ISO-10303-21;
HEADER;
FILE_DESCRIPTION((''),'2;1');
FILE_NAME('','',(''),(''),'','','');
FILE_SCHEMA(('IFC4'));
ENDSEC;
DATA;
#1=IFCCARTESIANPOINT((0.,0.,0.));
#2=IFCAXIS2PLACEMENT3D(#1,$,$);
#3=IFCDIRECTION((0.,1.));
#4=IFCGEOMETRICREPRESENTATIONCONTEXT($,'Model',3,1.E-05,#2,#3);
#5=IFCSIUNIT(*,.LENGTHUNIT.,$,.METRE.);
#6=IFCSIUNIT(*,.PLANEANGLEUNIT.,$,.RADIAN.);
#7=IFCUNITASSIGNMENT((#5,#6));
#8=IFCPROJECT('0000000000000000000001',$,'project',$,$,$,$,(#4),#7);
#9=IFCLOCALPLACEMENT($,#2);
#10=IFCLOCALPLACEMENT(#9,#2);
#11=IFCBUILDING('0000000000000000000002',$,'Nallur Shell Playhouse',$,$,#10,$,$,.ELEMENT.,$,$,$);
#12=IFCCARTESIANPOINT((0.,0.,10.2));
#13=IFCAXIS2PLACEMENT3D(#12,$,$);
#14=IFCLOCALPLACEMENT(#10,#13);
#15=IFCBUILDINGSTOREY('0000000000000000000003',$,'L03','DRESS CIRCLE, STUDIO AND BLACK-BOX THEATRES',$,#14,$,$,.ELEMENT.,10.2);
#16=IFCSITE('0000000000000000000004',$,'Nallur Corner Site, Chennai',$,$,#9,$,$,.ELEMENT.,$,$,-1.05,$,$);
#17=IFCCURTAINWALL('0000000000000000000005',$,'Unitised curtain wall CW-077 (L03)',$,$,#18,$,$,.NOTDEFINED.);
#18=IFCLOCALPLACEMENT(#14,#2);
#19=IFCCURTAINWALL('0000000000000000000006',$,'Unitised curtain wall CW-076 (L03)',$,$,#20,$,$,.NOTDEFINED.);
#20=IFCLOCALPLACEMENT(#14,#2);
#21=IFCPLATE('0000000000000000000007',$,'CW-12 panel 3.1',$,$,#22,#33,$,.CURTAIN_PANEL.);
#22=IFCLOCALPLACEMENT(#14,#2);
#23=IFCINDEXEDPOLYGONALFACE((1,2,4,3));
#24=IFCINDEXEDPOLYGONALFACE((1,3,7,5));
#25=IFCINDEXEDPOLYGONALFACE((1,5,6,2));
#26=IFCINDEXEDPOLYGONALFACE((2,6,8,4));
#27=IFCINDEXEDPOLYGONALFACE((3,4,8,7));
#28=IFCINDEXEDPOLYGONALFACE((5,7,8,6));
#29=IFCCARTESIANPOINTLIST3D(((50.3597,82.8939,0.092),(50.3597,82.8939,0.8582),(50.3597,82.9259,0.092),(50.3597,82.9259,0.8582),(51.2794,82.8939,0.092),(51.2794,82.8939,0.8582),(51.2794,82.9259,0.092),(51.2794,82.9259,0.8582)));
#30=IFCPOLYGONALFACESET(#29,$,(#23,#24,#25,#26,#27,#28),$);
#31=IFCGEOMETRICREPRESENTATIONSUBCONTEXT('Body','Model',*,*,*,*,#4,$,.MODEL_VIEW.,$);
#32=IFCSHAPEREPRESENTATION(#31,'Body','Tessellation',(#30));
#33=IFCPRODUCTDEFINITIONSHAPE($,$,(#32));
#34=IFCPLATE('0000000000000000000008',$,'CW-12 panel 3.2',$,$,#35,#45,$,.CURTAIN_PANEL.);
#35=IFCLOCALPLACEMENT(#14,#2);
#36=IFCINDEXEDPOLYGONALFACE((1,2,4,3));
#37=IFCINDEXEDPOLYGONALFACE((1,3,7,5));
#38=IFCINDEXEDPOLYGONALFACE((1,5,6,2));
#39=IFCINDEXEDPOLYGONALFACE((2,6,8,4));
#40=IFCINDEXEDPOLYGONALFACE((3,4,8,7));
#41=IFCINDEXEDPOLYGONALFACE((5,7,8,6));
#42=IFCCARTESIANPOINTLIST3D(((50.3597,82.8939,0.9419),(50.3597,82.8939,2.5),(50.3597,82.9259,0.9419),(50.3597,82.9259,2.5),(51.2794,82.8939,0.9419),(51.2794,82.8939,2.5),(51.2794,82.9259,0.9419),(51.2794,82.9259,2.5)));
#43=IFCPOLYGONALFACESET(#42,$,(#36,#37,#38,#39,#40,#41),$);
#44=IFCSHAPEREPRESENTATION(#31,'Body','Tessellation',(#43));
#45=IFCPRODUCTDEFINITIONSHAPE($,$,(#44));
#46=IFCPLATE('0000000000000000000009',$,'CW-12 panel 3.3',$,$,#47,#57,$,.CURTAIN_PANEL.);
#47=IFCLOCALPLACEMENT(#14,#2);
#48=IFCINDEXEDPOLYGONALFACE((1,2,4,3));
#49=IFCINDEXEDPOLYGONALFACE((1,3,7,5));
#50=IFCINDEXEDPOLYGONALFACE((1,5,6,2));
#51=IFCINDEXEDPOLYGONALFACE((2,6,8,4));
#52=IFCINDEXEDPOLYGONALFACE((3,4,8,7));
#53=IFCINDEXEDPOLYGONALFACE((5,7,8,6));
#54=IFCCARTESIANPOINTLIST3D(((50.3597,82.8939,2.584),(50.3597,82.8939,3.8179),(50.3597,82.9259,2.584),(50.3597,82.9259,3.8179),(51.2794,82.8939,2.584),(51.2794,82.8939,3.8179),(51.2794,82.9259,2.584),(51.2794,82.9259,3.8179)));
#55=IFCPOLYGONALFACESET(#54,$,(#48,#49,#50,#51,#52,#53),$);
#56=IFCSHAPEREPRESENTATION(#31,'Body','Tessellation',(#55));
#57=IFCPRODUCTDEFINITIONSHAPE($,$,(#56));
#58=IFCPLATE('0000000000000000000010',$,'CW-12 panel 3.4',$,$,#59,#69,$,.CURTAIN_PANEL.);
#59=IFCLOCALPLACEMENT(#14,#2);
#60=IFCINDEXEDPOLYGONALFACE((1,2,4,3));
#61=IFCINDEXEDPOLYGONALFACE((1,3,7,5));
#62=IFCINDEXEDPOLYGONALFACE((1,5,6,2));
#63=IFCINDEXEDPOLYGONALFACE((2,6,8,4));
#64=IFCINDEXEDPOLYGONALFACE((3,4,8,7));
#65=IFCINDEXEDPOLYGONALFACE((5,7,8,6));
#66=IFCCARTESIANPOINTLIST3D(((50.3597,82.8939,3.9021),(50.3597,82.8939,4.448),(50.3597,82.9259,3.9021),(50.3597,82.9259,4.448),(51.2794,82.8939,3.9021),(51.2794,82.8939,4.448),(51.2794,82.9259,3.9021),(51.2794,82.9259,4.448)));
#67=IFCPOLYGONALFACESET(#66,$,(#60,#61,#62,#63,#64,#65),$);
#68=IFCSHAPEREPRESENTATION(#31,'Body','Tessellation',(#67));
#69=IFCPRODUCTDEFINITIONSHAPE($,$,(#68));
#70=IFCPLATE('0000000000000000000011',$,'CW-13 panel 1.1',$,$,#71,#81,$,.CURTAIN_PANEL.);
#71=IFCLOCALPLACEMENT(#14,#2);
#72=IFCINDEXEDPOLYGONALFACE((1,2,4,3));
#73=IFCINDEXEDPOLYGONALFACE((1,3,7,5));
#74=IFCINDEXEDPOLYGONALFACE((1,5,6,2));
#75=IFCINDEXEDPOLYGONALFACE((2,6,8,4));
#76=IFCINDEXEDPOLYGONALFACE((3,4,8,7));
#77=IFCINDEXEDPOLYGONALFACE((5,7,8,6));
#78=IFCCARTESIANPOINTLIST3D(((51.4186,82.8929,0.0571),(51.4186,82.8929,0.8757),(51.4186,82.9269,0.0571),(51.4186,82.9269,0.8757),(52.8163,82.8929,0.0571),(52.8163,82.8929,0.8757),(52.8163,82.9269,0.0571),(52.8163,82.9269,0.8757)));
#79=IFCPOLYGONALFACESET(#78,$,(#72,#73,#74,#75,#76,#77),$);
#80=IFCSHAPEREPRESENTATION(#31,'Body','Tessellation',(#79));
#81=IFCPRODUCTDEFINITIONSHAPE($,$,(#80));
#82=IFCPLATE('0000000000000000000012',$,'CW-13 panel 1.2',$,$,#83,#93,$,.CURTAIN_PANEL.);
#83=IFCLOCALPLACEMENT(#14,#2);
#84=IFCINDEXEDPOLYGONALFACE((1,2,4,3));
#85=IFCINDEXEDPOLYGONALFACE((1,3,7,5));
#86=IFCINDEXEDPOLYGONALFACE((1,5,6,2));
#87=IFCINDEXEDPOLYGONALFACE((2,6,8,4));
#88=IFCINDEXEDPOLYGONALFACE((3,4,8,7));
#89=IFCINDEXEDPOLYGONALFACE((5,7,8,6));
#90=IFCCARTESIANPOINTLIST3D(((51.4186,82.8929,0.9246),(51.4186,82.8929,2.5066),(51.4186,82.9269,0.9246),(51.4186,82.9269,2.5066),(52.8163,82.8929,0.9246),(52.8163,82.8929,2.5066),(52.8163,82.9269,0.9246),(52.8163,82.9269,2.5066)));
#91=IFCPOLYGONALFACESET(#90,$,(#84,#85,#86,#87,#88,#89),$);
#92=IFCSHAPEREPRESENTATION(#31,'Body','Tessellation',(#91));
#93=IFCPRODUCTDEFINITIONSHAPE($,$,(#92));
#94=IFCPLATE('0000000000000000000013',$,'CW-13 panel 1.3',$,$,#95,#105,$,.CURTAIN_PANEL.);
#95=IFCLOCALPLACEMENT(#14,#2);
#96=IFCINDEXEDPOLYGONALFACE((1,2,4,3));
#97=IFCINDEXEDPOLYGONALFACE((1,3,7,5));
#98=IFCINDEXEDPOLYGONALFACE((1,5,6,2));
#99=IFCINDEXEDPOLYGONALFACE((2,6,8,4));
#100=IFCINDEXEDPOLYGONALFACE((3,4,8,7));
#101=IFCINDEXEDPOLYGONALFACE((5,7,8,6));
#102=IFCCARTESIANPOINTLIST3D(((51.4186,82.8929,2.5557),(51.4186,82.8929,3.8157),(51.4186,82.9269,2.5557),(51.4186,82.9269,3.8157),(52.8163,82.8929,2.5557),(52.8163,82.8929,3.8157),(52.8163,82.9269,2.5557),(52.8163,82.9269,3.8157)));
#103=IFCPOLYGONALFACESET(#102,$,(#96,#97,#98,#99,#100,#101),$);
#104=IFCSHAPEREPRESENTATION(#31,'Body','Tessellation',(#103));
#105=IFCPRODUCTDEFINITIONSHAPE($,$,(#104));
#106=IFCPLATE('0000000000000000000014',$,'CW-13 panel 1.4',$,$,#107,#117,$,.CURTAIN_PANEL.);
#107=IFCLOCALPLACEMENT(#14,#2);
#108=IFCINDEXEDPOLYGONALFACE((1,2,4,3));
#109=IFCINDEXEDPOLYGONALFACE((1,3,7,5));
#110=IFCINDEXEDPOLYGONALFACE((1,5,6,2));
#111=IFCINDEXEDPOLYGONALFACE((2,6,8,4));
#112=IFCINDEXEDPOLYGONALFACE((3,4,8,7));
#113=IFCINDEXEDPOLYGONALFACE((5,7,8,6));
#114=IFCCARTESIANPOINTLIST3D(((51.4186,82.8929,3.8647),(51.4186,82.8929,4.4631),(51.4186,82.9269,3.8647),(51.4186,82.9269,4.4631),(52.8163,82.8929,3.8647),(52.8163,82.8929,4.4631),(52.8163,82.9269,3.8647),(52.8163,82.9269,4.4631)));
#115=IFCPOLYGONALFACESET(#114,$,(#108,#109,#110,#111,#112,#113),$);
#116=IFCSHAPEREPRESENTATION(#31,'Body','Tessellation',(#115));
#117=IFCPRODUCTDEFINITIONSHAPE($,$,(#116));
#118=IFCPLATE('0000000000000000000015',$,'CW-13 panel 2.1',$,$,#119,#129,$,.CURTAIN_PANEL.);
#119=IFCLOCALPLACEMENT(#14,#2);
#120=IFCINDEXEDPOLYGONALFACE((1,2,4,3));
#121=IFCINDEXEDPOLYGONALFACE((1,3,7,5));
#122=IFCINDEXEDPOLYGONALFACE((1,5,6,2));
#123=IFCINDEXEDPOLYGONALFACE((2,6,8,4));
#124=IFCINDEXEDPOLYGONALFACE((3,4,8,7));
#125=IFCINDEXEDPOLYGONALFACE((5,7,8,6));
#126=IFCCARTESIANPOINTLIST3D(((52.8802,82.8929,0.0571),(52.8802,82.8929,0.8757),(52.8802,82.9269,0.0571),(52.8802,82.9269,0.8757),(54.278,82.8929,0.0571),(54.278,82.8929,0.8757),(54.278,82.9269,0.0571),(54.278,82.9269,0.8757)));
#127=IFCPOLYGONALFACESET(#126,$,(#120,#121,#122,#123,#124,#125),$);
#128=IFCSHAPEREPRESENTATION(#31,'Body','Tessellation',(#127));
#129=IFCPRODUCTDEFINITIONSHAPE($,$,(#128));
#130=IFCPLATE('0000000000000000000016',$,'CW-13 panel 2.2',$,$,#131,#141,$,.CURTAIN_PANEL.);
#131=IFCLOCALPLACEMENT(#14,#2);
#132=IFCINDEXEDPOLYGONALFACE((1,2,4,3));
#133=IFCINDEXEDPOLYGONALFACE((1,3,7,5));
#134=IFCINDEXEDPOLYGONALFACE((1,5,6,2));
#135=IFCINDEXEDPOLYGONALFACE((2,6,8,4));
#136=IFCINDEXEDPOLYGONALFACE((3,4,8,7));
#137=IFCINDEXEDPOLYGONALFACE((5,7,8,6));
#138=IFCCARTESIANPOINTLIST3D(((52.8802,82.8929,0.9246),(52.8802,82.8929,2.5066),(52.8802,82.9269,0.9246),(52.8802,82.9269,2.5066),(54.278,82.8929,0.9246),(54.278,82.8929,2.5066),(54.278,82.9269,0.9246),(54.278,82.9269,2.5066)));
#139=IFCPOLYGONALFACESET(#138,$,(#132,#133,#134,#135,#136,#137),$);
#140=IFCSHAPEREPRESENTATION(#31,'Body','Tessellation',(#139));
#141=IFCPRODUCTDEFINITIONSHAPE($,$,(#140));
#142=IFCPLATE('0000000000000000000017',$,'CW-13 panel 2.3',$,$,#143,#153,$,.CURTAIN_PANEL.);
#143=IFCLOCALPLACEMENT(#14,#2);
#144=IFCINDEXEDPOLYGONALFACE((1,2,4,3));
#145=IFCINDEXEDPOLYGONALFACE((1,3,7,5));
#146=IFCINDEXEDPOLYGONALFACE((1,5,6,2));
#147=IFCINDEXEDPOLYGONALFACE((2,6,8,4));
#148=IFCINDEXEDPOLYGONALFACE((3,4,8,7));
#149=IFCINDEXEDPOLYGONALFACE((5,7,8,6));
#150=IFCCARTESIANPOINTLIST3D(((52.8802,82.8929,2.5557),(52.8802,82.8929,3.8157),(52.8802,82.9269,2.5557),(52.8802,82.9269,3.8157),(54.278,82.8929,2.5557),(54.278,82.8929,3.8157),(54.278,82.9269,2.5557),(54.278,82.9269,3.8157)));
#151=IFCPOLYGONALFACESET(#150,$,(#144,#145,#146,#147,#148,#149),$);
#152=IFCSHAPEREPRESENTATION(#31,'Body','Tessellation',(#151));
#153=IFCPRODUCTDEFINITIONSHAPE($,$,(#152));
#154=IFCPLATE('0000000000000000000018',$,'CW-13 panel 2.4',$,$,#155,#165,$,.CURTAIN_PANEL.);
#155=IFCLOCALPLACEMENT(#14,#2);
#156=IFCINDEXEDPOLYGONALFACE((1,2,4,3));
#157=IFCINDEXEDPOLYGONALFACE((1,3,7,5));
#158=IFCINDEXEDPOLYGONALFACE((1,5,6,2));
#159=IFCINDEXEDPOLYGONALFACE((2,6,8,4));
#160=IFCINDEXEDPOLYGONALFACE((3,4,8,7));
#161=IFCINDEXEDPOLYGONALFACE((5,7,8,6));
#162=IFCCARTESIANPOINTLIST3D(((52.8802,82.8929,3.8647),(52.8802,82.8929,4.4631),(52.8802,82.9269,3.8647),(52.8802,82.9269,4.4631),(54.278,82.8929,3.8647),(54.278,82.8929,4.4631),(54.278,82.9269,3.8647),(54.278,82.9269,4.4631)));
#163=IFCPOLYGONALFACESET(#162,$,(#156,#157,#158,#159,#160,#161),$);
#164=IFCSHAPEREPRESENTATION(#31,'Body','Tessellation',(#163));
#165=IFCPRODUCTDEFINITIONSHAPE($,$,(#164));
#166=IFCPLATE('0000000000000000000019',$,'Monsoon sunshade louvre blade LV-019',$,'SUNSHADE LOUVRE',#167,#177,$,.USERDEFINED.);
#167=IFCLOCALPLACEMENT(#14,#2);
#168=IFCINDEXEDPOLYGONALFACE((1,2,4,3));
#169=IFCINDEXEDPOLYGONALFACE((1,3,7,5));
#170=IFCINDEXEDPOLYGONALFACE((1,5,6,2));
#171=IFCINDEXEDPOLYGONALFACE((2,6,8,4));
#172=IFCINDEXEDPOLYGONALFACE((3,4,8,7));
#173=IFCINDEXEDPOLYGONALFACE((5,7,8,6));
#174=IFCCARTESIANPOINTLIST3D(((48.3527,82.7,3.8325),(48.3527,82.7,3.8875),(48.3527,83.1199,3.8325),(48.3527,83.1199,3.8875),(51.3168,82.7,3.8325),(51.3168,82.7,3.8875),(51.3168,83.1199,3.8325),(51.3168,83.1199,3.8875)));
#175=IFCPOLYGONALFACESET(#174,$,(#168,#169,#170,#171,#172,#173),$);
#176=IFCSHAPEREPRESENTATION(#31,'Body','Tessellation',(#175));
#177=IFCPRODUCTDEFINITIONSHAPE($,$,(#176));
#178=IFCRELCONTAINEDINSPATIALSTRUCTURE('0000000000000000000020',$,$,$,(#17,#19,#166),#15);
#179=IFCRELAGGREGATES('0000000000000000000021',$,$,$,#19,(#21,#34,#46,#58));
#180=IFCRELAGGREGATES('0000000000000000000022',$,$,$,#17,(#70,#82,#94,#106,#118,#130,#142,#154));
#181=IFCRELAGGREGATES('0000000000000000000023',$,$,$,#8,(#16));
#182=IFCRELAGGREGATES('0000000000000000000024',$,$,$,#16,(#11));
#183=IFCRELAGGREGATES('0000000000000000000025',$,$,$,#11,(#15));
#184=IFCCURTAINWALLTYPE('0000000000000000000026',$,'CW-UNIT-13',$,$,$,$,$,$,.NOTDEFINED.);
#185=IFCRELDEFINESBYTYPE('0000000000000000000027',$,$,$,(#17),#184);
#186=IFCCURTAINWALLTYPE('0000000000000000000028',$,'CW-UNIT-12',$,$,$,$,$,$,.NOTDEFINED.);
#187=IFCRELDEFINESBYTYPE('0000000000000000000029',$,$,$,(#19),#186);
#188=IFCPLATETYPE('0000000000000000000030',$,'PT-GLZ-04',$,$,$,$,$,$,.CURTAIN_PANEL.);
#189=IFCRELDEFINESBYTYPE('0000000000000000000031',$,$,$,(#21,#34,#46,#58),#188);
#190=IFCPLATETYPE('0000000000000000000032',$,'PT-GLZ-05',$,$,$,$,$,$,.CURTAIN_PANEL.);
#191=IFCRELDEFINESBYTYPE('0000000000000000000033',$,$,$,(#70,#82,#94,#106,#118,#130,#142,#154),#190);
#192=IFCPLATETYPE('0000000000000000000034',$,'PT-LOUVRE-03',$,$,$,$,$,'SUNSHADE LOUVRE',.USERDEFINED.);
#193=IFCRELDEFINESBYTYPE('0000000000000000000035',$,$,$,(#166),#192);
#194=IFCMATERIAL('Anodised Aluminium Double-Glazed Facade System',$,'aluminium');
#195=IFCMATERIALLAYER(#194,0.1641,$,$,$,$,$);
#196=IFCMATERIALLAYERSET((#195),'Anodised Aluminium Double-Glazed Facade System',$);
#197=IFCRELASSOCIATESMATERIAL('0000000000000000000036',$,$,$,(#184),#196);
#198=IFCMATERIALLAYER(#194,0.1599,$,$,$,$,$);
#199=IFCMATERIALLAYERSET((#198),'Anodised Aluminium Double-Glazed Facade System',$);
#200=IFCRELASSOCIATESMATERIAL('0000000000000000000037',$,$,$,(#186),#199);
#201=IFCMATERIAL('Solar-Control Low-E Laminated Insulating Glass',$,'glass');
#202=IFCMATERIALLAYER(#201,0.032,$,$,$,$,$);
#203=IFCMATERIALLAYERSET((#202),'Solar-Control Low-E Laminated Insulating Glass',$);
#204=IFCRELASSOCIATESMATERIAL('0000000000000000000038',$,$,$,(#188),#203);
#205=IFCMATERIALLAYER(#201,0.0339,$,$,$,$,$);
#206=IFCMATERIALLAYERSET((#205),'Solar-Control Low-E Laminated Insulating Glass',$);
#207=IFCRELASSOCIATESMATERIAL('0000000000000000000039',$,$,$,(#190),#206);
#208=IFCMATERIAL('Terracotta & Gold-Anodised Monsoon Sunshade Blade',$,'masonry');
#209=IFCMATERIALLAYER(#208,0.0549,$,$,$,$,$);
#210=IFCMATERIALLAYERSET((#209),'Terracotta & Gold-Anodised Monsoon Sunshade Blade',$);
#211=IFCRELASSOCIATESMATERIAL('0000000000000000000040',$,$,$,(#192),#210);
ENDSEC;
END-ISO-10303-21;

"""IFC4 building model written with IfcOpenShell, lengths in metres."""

from ifc_helpers import new_model, si_unit, direction, frame, origin, origin_2d, place, context, subcontext, project, spatial, rectangle, extrude, material, layer, layer_set, type_object, element, aggregate, save


model = new_model("IFC4")

# Units and contexts
model_context = context("Model", 3, precision=1e-05, world=origin(), true_north=direction((0.0, 1.0)))
body_context = subcontext(model_context, "Body", "Model", "MODEL_VIEW")
ifc_project = project(units=[si_unit("LENGTHUNIT", "METRE"), si_unit("PLANEANGLEUNIT", "RADIAN")], contexts=[model_context])

# Site, building, storey
site_placement = place(None, origin())
site = spatial("IfcSite", under=ifc_project, at=site_placement, Name="Nallur Corner Site, Chennai", CompositionType="ELEMENT", RefElevation=-1.05)
building_placement = place(site_placement, origin())
building = spatial("IfcBuilding", under=site, at=building_placement, Name="Nallur Shell Playhouse", CompositionType="ELEMENT")
storey_placement = place(building_placement, frame((0.0, 0.0, 10.2)))
storey = spatial("IfcBuildingStorey", under=building, at=storey_placement, Name="L03", Description="DRESS CIRCLE, STUDIO AND BLACK-BOX THEATRES", CompositionType="ELEMENT", Elevation=10.2)

# Curtain walls
ifc_material_1 = material(Name="Anodised Aluminium Double-Glazed Facade System", Category="aluminium")
ifc_layer_1 = layer(ifc_material_1, 0.1641)
ifc_layer_set_1 = layer_set([ifc_layer_1], Name="Anodised Aluminium Double-Glazed Facade System")
curtain_wall_type_1 = type_object("IfcCurtainWallType", Name="CW-UNIT-13", PredefinedType="NOTDEFINED", material=ifc_layer_set_1)
curtain_wall_1_placement = place(storey_placement, origin())
curtain_wall_1 = element("IfcCurtainWall", 1, at=curtain_wall_1_placement, inside=storey, type_object=curtain_wall_type_1, Name="Unitised curtain wall CW-077 (L03)", PredefinedType="NOTDEFINED")
ifc_layer_2 = layer(ifc_material_1, 0.1599)
ifc_layer_set_2 = layer_set([ifc_layer_2], Name="Anodised Aluminium Double-Glazed Facade System")
curtain_wall_type_2 = type_object("IfcCurtainWallType", Name="CW-UNIT-12", PredefinedType="NOTDEFINED", material=ifc_layer_set_2)
curtain_wall_2_placement = place(storey_placement, origin())
curtain_wall_2 = element("IfcCurtainWall", 2, at=curtain_wall_2_placement, inside=storey, type_object=curtain_wall_type_2, Name="Unitised curtain wall CW-076 (L03)", PredefinedType="NOTDEFINED")

# Plates
ifc_material_2 = material(Name="Solar-Control Low-E Laminated Insulating Glass", Category="glass")
ifc_layer_3 = layer(ifc_material_2, 0.032)
ifc_layer_set_3 = layer_set([ifc_layer_3], Name="Solar-Control Low-E Laminated Insulating Glass")
plate_type_1 = type_object("IfcPlateType", Name="PT-GLZ-04", PredefinedType="CURTAIN_PANEL", material=ifc_layer_set_3)
plate_1_placement = place(storey_placement, frame((50.8196, 82.9099, 0.092), z_axis=(0.0, 0.0, 1.0), x_axis=(1.0, 0.0, 0.0)))
plate_1 = element("IfcPlate", 3, at=plate_1_placement, type_object=plate_type_1, Name="CW-12 panel 3.1", PredefinedType="CURTAIN_PANEL", context=body_context, shape_type="SweptSolid", body=[
    extrude(rectangle(XDim=0.9197, YDim=0.032, at=origin_2d()), origin(), (0.0, 0.0, 1.0), 0.7661),
])
plate_2_placement = place(storey_placement, frame((50.8196, 82.9099, 0.9419), z_axis=(0.0, 0.0, 1.0), x_axis=(1.0, 0.0, 0.0)))
plate_2 = element("IfcPlate", 4, at=plate_2_placement, type_object=plate_type_1, Name="CW-12 panel 3.2", PredefinedType="CURTAIN_PANEL", context=body_context, shape_type="SweptSolid", body=[
    extrude(rectangle(XDim=0.9197, YDim=0.032, at=origin_2d()), origin(), (0.0, 0.0, 1.0), 1.5581),
])
plate_3_placement = place(storey_placement, frame((50.8196, 82.9099, 2.584), z_axis=(0.0, 0.0, 1.0), x_axis=(1.0, 0.0, 0.0)))
plate_3 = element("IfcPlate", 5, at=plate_3_placement, type_object=plate_type_1, Name="CW-12 panel 3.3", PredefinedType="CURTAIN_PANEL", context=body_context, shape_type="SweptSolid", body=[
    extrude(rectangle(XDim=0.9197, YDim=0.032, at=origin_2d()), origin(), (0.0, 0.0, 1.0), 1.2339),
])
plate_4_placement = place(storey_placement, frame((50.8196, 82.9099, 3.9021), z_axis=(0.0, 0.0, 1.0), x_axis=(1.0, 0.0, 0.0)))
plate_4 = element("IfcPlate", 6, at=plate_4_placement, type_object=plate_type_1, Name="CW-12 panel 3.4", PredefinedType="CURTAIN_PANEL", context=body_context, shape_type="SweptSolid", body=[
    extrude(rectangle(XDim=0.9197, YDim=0.032, at=origin_2d()), origin(), (0.0, 0.0, 1.0), 0.5459),
])
aggregate(curtain_wall_2, [plate_1, plate_2, plate_3, plate_4])
ifc_layer_4 = layer(ifc_material_2, 0.0339)
ifc_layer_set_4 = layer_set([ifc_layer_4], Name="Solar-Control Low-E Laminated Insulating Glass")
plate_type_2 = type_object("IfcPlateType", Name="PT-GLZ-05", PredefinedType="CURTAIN_PANEL", material=ifc_layer_set_4)
plate_5_placement = place(storey_placement, frame((52.1174, 82.9099, 0.0571), z_axis=(0.0, 0.0, 1.0), x_axis=(1.0, 0.0, 0.0)))
plate_5 = element("IfcPlate", 7, at=plate_5_placement, type_object=plate_type_2, Name="CW-13 panel 1.1", PredefinedType="CURTAIN_PANEL", context=body_context, shape_type="SweptSolid", body=[
    extrude(rectangle(XDim=1.3977, YDim=0.0339, at=origin_2d()), origin(), (0.0, 0.0, 1.0), 0.8186),
])
plate_6_placement = place(storey_placement, frame((52.1174, 82.9099, 0.9246), z_axis=(0.0, 0.0, 1.0), x_axis=(1.0, 0.0, 0.0)))
plate_6 = element("IfcPlate", 8, at=plate_6_placement, type_object=plate_type_2, Name="CW-13 panel 1.2", PredefinedType="CURTAIN_PANEL", context=body_context, shape_type="SweptSolid", body=[
    extrude(rectangle(XDim=1.3977, YDim=0.0339, at=origin_2d()), origin(), (0.0, 0.0, 1.0), 1.582),
])
plate_7_placement = place(storey_placement, frame((52.1174, 82.9099, 2.5557), z_axis=(0.0, 0.0, 1.0), x_axis=(1.0, 0.0, 0.0)))
plate_7 = element("IfcPlate", 9, at=plate_7_placement, type_object=plate_type_2, Name="CW-13 panel 1.3", PredefinedType="CURTAIN_PANEL", context=body_context, shape_type="SweptSolid", body=[
    extrude(rectangle(XDim=1.3977, YDim=0.0339, at=origin_2d()), origin(), (0.0, 0.0, 1.0), 1.26),
])
plate_8_placement = place(storey_placement, frame((52.1174, 82.9099, 3.8647), z_axis=(0.0, 0.0, 1.0), x_axis=(1.0, 0.0, 0.0)))
plate_8 = element("IfcPlate", 10, at=plate_8_placement, type_object=plate_type_2, Name="CW-13 panel 1.4", PredefinedType="CURTAIN_PANEL", context=body_context, shape_type="SweptSolid", body=[
    extrude(rectangle(XDim=1.3977, YDim=0.0339, at=origin_2d()), origin(), (0.0, 0.0, 1.0), 0.5984),
])
plate_9_placement = place(storey_placement, frame((53.5791, 82.9099, 0.0571), z_axis=(0.0, 0.0, 1.0), x_axis=(1.0, 0.0, 0.0)))
plate_9 = element("IfcPlate", 11, at=plate_9_placement, type_object=plate_type_2, Name="CW-13 panel 2.1", PredefinedType="CURTAIN_PANEL", context=body_context, shape_type="SweptSolid", body=[
    extrude(rectangle(XDim=1.3977, YDim=0.0339, at=origin_2d()), origin(), (0.0, 0.0, 1.0), 0.8186),
])
plate_10_placement = place(storey_placement, frame((53.5791, 82.9099, 0.9246), z_axis=(0.0, 0.0, 1.0), x_axis=(1.0, 0.0, 0.0)))
plate_10 = element("IfcPlate", 12, at=plate_10_placement, type_object=plate_type_2, Name="CW-13 panel 2.2", PredefinedType="CURTAIN_PANEL", context=body_context, shape_type="SweptSolid", body=[
    extrude(rectangle(XDim=1.3977, YDim=0.0339, at=origin_2d()), origin(), (0.0, 0.0, 1.0), 1.582),
])
plate_11_placement = place(storey_placement, frame((53.5791, 82.9099, 2.5557), z_axis=(0.0, 0.0, 1.0), x_axis=(1.0, 0.0, 0.0)))
plate_11 = element("IfcPlate", 13, at=plate_11_placement, type_object=plate_type_2, Name="CW-13 panel 2.3", PredefinedType="CURTAIN_PANEL", context=body_context, shape_type="SweptSolid", body=[
    extrude(rectangle(XDim=1.3977, YDim=0.0339, at=origin_2d()), origin(), (0.0, 0.0, 1.0), 1.26),
])
plate_12_placement = place(storey_placement, frame((53.5791, 82.9099, 3.8647), z_axis=(0.0, 0.0, 1.0), x_axis=(1.0, 0.0, 0.0)))
plate_12 = element("IfcPlate", 14, at=plate_12_placement, type_object=plate_type_2, Name="CW-13 panel 2.4", PredefinedType="CURTAIN_PANEL", context=body_context, shape_type="SweptSolid", body=[
    extrude(rectangle(XDim=1.3977, YDim=0.0339, at=origin_2d()), origin(), (0.0, 0.0, 1.0), 0.5984),
])
aggregate(curtain_wall_1, [plate_5, plate_6, plate_7, plate_8, plate_9, plate_10, plate_11, plate_12])
ifc_material_3 = material(Name="Terracotta & Gold-Anodised Monsoon Sunshade Blade", Category="masonry")
ifc_layer_5 = layer(ifc_material_3, 0.0549)
ifc_layer_set_5 = layer_set([ifc_layer_5], Name="Terracotta & Gold-Anodised Monsoon Sunshade Blade")
plate_type_3 = type_object("IfcPlateType", Name="PT-LOUVRE-03", ElementType="SUNSHADE LOUVRE", PredefinedType="USERDEFINED", material=ifc_layer_set_5)
plate_13_placement = place(storey_placement, frame((49.8347, 82.9099, 3.8325), z_axis=(0.0, 0.0, 1.0), x_axis=(1.0, 0.0, 0.0)))
element("IfcPlate", 15, at=plate_13_placement, inside=storey, type_object=plate_type_3, Name="Monsoon sunshade louvre blade LV-019", ObjectType="SUNSHADE LOUVRE", PredefinedType="USERDEFINED", context=body_context, shape_type="SweptSolid", body=[
    extrude(rectangle(XDim=2.9641, YDim=0.4199, at=origin_2d()), origin(), (0.0, 0.0, 1.0), 0.0549),
])

save(model, "model.ifc")
